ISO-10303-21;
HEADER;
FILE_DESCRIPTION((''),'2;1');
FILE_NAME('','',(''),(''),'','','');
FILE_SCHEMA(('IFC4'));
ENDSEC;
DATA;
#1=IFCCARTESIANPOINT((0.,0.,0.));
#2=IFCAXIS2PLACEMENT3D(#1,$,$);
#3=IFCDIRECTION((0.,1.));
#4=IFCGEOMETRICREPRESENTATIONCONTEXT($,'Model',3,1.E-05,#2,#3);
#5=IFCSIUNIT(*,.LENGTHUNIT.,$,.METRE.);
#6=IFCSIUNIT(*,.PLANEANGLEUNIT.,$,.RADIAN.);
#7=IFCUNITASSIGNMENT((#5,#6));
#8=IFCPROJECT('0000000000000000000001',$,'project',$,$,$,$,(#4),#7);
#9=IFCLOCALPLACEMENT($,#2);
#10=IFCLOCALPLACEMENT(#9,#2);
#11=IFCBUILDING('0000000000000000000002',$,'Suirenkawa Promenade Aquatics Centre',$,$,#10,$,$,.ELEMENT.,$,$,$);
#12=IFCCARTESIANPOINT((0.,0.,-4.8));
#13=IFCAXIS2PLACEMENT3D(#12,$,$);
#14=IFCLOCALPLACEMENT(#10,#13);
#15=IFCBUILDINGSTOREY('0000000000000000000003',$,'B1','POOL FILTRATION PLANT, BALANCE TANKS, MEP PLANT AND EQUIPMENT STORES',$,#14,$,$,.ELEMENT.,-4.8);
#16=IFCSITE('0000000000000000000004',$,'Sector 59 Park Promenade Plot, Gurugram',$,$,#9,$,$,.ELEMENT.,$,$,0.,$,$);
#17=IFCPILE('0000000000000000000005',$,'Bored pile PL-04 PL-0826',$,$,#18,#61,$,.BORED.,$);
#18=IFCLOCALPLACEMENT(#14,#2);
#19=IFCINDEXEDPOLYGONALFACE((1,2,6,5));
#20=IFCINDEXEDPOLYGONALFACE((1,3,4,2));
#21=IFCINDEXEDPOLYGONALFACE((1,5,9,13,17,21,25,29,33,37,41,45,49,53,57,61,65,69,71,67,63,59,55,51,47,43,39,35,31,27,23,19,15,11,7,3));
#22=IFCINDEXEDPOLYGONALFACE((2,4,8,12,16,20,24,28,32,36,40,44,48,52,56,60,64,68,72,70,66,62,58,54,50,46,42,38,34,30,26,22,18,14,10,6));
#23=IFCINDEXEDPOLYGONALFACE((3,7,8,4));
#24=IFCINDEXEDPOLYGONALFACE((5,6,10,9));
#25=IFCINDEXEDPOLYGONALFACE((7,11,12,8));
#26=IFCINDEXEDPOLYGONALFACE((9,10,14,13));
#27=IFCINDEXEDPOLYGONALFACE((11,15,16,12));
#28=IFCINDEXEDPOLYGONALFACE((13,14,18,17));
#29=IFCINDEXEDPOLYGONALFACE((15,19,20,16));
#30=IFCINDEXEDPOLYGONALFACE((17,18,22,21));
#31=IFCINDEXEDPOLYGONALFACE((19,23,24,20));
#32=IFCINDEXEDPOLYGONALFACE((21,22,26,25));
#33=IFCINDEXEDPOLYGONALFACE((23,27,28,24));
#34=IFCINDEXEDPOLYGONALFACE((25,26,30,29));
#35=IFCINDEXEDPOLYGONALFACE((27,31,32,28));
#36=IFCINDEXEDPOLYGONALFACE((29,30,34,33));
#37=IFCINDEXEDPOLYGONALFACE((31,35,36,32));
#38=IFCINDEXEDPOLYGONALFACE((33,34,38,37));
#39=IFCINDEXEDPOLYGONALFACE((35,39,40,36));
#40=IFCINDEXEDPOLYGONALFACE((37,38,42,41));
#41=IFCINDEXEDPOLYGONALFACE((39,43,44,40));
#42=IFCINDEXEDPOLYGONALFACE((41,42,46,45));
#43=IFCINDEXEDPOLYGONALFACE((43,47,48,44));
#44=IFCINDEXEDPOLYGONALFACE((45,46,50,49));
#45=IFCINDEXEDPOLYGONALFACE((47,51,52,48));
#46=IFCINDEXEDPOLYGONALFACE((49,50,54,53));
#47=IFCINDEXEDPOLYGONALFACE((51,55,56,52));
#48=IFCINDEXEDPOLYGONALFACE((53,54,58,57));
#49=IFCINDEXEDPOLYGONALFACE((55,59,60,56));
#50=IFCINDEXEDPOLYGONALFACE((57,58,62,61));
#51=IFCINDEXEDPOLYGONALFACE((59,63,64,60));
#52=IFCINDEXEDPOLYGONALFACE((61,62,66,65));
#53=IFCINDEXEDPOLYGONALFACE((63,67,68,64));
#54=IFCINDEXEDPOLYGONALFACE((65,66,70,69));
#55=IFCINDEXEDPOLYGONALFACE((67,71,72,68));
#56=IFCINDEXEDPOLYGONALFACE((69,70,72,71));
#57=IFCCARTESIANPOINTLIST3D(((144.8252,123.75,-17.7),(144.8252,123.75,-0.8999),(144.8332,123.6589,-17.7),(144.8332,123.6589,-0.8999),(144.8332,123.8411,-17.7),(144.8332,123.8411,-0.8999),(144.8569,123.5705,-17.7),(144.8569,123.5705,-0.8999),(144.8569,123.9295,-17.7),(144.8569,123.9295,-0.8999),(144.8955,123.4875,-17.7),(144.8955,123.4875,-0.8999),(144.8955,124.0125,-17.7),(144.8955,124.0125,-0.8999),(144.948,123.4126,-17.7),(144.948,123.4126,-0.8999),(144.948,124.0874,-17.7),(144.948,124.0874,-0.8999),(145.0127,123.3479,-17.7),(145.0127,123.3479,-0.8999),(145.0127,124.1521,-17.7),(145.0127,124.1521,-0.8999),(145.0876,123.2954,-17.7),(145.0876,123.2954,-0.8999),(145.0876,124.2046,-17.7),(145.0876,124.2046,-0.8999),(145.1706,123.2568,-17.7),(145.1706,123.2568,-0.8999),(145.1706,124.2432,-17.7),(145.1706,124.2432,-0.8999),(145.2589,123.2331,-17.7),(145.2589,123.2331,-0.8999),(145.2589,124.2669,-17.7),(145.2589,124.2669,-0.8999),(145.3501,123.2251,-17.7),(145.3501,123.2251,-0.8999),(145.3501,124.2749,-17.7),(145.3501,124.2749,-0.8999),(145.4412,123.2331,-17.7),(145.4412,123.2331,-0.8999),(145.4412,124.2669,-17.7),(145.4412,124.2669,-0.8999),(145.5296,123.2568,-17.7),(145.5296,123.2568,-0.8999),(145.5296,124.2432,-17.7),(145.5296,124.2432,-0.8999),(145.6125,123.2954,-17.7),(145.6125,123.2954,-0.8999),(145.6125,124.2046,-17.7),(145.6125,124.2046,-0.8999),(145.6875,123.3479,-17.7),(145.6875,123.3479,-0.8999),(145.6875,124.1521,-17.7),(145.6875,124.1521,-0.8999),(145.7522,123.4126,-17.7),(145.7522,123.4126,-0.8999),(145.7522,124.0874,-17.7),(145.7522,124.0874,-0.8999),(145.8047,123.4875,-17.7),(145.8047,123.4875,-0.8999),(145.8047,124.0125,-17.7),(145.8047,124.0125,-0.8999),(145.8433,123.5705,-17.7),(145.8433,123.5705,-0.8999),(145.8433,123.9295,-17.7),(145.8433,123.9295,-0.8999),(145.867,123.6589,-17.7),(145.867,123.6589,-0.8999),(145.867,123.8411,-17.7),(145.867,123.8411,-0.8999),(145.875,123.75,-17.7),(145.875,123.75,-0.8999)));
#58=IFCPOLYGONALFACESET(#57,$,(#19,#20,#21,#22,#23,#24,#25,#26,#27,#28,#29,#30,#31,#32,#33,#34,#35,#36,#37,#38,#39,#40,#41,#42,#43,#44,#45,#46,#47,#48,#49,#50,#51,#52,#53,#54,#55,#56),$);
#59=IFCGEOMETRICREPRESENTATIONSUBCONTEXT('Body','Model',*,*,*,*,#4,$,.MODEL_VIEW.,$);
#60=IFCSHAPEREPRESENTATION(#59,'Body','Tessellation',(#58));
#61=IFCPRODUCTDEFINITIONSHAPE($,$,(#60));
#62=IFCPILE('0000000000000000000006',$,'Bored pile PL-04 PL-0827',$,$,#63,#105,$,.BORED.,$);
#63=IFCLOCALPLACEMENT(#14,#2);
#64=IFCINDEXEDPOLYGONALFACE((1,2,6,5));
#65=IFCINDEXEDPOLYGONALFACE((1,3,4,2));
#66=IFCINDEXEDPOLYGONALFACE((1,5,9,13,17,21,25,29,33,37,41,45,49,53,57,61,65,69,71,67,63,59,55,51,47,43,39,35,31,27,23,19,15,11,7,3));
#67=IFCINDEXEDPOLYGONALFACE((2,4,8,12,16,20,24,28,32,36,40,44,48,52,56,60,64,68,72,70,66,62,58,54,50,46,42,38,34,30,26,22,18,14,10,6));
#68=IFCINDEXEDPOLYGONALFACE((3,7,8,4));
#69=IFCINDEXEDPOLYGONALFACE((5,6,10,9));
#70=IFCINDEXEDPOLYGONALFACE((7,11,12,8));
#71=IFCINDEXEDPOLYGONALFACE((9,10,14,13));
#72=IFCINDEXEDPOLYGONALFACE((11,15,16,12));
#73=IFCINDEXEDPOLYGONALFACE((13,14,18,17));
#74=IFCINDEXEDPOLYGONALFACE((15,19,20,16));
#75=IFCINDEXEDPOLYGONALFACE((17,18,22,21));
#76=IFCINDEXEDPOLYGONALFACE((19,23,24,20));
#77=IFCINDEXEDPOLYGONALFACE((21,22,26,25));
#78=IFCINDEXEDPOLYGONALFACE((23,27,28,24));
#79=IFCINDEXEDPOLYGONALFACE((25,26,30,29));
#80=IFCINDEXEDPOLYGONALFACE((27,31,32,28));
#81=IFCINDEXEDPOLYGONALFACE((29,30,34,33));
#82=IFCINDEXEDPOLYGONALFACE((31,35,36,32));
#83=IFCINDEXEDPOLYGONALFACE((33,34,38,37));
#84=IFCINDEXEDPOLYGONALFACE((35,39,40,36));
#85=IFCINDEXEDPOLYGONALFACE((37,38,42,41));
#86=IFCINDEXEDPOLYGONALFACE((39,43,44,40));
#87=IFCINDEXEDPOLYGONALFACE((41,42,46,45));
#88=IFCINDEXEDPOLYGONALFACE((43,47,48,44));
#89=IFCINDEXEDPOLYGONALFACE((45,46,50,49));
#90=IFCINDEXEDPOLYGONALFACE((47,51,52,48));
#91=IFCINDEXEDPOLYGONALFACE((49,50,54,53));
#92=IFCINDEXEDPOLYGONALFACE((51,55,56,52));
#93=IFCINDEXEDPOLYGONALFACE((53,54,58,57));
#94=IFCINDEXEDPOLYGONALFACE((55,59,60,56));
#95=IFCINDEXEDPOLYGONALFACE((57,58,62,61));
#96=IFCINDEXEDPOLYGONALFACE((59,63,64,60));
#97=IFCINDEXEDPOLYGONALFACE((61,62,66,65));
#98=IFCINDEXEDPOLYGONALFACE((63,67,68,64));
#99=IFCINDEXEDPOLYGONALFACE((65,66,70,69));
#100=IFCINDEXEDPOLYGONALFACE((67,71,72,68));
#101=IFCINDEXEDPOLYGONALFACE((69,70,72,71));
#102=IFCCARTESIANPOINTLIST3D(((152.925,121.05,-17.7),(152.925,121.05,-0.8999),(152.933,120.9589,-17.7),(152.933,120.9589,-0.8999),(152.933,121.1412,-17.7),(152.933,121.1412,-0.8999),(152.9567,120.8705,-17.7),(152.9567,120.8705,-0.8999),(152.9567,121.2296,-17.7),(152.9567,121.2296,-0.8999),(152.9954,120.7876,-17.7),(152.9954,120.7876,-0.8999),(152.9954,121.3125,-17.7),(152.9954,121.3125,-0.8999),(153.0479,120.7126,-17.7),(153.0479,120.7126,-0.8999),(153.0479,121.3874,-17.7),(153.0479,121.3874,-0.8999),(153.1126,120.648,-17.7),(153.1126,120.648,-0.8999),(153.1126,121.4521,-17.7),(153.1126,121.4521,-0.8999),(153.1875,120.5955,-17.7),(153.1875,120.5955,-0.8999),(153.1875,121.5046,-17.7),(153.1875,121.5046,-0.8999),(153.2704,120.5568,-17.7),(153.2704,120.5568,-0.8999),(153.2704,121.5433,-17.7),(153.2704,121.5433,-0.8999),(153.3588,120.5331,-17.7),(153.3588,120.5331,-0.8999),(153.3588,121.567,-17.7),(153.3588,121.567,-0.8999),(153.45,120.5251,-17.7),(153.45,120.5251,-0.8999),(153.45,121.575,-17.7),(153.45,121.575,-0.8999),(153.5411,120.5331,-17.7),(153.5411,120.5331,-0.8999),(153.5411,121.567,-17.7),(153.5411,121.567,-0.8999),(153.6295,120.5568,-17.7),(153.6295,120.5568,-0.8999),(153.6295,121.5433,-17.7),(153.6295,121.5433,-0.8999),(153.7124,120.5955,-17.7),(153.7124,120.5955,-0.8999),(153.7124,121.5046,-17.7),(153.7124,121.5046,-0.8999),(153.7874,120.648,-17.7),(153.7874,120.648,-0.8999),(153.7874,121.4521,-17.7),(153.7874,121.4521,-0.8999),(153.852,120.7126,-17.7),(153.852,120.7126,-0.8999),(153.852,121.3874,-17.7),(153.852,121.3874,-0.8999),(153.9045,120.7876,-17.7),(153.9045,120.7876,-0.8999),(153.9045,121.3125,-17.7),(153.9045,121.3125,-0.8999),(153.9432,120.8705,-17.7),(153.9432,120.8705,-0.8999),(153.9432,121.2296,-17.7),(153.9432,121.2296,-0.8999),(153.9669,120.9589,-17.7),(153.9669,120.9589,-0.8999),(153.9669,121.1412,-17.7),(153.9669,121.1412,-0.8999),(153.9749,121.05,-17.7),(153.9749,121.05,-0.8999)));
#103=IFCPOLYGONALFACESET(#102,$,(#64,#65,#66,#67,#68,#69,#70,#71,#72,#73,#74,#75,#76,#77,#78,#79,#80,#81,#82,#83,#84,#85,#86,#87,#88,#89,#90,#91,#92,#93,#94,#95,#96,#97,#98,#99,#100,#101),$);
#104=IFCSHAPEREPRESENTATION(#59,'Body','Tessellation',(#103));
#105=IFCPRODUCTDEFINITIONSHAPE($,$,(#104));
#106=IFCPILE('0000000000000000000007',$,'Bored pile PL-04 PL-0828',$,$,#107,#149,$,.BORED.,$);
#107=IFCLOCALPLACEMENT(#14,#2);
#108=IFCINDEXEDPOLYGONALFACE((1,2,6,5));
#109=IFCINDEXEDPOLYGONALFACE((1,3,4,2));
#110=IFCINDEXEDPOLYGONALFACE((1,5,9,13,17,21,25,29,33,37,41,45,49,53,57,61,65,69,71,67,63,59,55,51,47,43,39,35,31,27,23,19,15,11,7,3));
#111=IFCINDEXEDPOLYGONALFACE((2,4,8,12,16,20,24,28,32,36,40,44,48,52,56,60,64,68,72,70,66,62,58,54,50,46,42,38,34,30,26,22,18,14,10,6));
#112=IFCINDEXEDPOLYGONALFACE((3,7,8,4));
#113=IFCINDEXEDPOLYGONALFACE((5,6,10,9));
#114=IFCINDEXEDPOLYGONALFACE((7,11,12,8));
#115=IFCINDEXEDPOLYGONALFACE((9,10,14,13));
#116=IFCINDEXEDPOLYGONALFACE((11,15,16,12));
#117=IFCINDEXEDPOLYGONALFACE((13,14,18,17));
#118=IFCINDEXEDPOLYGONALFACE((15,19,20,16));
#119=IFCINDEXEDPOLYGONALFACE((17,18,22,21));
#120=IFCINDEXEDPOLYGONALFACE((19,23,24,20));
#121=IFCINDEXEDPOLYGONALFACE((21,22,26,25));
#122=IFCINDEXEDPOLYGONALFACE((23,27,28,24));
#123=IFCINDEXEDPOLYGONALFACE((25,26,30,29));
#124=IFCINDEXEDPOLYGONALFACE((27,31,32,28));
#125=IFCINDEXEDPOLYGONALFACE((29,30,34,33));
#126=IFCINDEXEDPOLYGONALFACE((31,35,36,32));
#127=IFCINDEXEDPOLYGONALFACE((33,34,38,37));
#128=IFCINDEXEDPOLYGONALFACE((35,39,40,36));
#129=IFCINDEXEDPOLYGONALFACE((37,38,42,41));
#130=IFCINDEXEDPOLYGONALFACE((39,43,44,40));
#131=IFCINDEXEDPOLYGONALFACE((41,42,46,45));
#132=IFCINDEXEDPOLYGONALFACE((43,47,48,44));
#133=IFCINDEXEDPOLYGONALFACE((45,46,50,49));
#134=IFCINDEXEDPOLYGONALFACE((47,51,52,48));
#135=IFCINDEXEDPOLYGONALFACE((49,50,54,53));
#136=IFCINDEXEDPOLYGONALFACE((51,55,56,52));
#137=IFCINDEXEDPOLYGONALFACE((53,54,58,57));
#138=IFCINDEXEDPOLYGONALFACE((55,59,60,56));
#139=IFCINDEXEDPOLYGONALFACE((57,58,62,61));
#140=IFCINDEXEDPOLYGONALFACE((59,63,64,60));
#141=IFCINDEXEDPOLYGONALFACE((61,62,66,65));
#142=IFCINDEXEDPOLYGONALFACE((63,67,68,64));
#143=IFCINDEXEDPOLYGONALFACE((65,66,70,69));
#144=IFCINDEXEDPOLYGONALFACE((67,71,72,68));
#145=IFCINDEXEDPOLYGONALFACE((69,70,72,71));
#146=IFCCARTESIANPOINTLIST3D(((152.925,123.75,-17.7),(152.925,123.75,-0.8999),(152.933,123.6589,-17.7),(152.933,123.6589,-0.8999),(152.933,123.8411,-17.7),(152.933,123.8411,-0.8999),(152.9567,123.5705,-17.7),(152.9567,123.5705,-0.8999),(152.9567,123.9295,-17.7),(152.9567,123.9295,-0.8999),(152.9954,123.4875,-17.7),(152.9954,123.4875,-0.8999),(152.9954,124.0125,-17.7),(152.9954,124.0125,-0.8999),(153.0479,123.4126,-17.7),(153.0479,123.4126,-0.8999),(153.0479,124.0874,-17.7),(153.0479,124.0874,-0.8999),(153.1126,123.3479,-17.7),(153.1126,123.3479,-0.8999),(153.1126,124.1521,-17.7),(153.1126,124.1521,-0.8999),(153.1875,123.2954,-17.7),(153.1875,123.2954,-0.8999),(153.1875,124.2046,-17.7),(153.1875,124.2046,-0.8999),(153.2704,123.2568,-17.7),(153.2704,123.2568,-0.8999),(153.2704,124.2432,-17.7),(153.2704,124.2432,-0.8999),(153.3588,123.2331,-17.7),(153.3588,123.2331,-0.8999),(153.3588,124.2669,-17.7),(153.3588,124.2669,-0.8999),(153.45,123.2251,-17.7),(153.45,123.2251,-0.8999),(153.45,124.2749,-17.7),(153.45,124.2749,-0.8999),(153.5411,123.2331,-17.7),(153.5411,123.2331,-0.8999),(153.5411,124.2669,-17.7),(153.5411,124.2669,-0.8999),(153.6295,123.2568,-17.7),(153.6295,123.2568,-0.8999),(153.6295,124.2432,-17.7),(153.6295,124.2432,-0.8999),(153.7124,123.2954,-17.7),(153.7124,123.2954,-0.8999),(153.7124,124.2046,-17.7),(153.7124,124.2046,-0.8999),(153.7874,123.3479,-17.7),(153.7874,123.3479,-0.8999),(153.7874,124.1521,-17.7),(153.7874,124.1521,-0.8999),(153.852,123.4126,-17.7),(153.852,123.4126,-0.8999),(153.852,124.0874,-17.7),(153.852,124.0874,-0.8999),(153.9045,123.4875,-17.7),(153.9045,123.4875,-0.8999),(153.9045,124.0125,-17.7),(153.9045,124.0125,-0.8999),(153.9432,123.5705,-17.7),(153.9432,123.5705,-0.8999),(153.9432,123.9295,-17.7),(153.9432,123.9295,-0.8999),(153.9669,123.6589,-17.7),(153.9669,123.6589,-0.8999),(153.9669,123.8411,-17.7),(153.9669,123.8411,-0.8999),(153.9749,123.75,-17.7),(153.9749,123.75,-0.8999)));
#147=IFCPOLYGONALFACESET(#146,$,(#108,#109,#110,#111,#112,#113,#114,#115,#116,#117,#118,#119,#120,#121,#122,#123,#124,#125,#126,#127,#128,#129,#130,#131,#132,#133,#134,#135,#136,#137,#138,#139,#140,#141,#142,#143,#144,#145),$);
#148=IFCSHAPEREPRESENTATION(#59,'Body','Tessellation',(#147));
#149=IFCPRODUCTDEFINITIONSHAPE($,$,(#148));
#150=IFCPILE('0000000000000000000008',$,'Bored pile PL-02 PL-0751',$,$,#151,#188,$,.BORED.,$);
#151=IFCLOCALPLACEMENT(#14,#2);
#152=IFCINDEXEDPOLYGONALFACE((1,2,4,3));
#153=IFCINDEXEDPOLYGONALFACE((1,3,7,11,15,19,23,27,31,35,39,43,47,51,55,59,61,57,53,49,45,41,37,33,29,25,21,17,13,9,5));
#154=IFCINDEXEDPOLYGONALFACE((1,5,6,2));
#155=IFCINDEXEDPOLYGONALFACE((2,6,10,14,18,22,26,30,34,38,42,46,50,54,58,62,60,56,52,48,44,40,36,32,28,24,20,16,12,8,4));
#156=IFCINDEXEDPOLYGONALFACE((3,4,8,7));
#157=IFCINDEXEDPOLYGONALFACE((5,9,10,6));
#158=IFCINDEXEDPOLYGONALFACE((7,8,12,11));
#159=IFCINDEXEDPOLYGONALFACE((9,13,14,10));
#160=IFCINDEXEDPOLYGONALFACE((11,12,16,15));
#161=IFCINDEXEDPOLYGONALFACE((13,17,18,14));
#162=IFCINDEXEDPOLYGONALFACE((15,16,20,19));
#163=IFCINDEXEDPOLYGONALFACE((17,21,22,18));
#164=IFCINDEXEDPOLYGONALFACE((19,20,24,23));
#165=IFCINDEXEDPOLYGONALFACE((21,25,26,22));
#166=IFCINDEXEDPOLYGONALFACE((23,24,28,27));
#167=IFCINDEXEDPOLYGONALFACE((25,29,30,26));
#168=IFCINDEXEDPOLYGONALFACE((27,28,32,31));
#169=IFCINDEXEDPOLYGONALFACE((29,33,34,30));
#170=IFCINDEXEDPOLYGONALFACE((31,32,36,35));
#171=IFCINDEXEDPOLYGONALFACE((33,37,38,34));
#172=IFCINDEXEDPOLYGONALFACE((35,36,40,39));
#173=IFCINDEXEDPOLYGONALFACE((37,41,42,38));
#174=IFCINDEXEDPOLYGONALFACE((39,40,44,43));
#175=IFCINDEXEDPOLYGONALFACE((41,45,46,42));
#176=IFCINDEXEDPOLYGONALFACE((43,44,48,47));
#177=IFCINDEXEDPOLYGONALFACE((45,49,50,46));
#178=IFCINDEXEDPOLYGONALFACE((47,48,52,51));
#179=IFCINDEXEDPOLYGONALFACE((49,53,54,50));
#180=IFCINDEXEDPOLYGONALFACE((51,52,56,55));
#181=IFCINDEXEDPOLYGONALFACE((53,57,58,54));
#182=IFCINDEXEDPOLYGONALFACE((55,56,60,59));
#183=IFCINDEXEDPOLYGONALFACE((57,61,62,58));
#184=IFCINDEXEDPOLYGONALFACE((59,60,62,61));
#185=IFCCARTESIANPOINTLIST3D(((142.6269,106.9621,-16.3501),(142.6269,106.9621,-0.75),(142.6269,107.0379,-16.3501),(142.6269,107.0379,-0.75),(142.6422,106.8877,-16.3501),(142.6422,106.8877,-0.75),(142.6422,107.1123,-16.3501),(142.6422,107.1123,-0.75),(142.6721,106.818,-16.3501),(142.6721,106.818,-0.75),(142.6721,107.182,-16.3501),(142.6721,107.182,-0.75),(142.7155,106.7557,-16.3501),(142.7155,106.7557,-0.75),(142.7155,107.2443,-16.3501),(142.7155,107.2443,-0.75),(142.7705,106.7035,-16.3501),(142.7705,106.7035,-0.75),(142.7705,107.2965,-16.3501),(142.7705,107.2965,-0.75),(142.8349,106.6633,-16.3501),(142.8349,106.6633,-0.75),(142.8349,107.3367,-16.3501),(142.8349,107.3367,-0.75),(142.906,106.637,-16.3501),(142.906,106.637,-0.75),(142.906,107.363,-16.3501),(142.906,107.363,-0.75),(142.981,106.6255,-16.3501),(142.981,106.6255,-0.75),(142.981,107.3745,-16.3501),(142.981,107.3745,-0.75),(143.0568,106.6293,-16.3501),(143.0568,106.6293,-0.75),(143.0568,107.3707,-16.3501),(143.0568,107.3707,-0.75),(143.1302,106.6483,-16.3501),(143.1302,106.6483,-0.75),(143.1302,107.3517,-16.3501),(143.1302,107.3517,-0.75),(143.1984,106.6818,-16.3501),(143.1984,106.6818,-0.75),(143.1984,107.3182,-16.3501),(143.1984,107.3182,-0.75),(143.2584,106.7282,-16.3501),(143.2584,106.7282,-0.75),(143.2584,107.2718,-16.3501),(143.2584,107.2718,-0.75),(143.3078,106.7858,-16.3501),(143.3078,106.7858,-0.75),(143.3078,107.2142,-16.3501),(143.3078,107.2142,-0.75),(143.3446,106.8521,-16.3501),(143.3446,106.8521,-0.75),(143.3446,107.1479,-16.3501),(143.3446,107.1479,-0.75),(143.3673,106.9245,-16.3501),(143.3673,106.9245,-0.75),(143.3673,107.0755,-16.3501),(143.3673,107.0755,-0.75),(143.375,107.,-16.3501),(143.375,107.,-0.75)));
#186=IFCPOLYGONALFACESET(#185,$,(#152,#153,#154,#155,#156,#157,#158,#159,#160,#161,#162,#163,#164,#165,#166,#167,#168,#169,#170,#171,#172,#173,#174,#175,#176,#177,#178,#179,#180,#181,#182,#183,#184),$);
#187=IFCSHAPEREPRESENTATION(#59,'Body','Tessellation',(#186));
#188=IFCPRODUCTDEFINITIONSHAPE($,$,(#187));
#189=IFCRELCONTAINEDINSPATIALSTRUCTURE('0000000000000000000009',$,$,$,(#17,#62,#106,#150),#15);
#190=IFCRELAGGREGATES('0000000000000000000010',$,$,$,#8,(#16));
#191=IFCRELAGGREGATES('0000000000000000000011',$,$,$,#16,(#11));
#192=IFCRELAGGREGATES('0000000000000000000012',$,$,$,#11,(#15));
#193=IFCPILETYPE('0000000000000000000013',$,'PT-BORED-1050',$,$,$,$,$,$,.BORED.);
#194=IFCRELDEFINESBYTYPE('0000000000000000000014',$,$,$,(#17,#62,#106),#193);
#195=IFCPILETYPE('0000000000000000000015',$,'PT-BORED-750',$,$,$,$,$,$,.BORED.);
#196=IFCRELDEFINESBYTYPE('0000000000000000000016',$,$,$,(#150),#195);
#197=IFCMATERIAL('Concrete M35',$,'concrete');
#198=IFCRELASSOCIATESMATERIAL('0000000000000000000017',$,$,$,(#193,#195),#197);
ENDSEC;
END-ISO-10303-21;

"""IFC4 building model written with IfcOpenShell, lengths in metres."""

from ifc_helpers import new_model, si_unit, direction, frame, origin, origin_2d, place, context, subcontext, project, spatial, circle, extrude, material, material_profile, profile_set, type_object, element, save


model = new_model("IFC4")

# Units and contexts
model_context = context("Model", 3, precision=1e-05, world=origin(), true_north=direction((0.0, 1.0)))
body_context = subcontext(model_context, "Body", "Model", "MODEL_VIEW")
ifc_project = project(units=[si_unit("LENGTHUNIT", "METRE"), si_unit("PLANEANGLEUNIT", "RADIAN")], contexts=[model_context])

# Site, building, storey
site_placement = place(None, origin())
site = spatial("IfcSite", under=ifc_project, at=site_placement, Name="Sector 59 Park Promenade Plot, Gurugram", CompositionType="ELEMENT", RefElevation=0.0)
building_placement = place(site_placement, origin())
building = spatial("IfcBuilding", under=site, at=building_placement, Name="Suirenkawa Promenade Aquatics Centre", CompositionType="ELEMENT")
storey_placement = place(building_placement, frame((0.0, 0.0, -4.8)))
storey = spatial("IfcBuildingStorey", under=building, at=storey_placement, Name="B1", Description="POOL FILTRATION PLANT, BALANCE TANKS, MEP PLANT AND EQUIPMENT STORES", CompositionType="ELEMENT", Elevation=-4.8)

# Shared definitions
ifc_material_1 = material(Name="Concrete M35", Category="concrete")

# Piles
ifc_material_profile_1 = material_profile(ifc_material_1, circle(Radius=0.5249, at=origin_2d()), Name="PILE D1050", Category="concrete")
ifc_profile_set_1 = profile_set([ifc_material_profile_1], Name="Concrete M35")
pile_type_1 = type_object("IfcPileType", Name="PT-BORED-1050", PredefinedType="BORED", material=ifc_profile_set_1)
for number, where, z_axis, x_axis, name in (
    (1, (145.3501, 123.75, -0.8999), (0.0, 0.0, -1.0), (1.0, 0.0, 0.0), "Bored pile PL-04 PL-0826"),
    (2, (153.45, 121.05, -0.8999), (0.0, 0.0, -1.0), (1.0, 0.0, 0.0), "Bored pile PL-04 PL-0827"),
    (3, (153.45, 123.75, -0.8999), (0.0, 0.0, -1.0), (1.0, 0.0, 0.0), "Bored pile PL-04 PL-0828"),
):
    element("IfcPile", number, at=place(storey_placement, frame(where, z_axis=z_axis, x_axis=x_axis)), inside=storey, type_object=pile_type_1, Name=name, PredefinedType="BORED", context=body_context, shape_type="SweptSolid", body=[
        extrude(circle(Radius=0.5249, at=origin_2d()), origin(), (0.0, 0.0, 1.0), 16.8),
    ])
ifc_material_profile_2 = material_profile(ifc_material_1, circle(Radius=0.375, at=origin_2d()), Name="PILE D750", Category="concrete")
ifc_profile_set_2 = profile_set([ifc_material_profile_2], Name="Concrete M35")
pile_type_2 = type_object("IfcPileType", Name="PT-BORED-750", PredefinedType="BORED", material=ifc_profile_set_2)
for number, where, z_axis, x_axis, name in (
    (4, (143.0, 107.0, -0.75), (0.0, 0.0, -1.0), (1.0, 0.0, 0.0), "Bored pile PL-02 PL-0751"),
):
    element("IfcPile", number, at=place(storey_placement, frame(where, z_axis=z_axis, x_axis=x_axis)), inside=storey, type_object=pile_type_2, Name=name, PredefinedType="BORED", context=body_context, shape_type="SweptSolid", body=[
        extrude(circle(Radius=0.375, at=origin_2d()), origin(), (0.0, 0.0, 1.0), 15.6001),
    ])

save(model, "model.ifc")
